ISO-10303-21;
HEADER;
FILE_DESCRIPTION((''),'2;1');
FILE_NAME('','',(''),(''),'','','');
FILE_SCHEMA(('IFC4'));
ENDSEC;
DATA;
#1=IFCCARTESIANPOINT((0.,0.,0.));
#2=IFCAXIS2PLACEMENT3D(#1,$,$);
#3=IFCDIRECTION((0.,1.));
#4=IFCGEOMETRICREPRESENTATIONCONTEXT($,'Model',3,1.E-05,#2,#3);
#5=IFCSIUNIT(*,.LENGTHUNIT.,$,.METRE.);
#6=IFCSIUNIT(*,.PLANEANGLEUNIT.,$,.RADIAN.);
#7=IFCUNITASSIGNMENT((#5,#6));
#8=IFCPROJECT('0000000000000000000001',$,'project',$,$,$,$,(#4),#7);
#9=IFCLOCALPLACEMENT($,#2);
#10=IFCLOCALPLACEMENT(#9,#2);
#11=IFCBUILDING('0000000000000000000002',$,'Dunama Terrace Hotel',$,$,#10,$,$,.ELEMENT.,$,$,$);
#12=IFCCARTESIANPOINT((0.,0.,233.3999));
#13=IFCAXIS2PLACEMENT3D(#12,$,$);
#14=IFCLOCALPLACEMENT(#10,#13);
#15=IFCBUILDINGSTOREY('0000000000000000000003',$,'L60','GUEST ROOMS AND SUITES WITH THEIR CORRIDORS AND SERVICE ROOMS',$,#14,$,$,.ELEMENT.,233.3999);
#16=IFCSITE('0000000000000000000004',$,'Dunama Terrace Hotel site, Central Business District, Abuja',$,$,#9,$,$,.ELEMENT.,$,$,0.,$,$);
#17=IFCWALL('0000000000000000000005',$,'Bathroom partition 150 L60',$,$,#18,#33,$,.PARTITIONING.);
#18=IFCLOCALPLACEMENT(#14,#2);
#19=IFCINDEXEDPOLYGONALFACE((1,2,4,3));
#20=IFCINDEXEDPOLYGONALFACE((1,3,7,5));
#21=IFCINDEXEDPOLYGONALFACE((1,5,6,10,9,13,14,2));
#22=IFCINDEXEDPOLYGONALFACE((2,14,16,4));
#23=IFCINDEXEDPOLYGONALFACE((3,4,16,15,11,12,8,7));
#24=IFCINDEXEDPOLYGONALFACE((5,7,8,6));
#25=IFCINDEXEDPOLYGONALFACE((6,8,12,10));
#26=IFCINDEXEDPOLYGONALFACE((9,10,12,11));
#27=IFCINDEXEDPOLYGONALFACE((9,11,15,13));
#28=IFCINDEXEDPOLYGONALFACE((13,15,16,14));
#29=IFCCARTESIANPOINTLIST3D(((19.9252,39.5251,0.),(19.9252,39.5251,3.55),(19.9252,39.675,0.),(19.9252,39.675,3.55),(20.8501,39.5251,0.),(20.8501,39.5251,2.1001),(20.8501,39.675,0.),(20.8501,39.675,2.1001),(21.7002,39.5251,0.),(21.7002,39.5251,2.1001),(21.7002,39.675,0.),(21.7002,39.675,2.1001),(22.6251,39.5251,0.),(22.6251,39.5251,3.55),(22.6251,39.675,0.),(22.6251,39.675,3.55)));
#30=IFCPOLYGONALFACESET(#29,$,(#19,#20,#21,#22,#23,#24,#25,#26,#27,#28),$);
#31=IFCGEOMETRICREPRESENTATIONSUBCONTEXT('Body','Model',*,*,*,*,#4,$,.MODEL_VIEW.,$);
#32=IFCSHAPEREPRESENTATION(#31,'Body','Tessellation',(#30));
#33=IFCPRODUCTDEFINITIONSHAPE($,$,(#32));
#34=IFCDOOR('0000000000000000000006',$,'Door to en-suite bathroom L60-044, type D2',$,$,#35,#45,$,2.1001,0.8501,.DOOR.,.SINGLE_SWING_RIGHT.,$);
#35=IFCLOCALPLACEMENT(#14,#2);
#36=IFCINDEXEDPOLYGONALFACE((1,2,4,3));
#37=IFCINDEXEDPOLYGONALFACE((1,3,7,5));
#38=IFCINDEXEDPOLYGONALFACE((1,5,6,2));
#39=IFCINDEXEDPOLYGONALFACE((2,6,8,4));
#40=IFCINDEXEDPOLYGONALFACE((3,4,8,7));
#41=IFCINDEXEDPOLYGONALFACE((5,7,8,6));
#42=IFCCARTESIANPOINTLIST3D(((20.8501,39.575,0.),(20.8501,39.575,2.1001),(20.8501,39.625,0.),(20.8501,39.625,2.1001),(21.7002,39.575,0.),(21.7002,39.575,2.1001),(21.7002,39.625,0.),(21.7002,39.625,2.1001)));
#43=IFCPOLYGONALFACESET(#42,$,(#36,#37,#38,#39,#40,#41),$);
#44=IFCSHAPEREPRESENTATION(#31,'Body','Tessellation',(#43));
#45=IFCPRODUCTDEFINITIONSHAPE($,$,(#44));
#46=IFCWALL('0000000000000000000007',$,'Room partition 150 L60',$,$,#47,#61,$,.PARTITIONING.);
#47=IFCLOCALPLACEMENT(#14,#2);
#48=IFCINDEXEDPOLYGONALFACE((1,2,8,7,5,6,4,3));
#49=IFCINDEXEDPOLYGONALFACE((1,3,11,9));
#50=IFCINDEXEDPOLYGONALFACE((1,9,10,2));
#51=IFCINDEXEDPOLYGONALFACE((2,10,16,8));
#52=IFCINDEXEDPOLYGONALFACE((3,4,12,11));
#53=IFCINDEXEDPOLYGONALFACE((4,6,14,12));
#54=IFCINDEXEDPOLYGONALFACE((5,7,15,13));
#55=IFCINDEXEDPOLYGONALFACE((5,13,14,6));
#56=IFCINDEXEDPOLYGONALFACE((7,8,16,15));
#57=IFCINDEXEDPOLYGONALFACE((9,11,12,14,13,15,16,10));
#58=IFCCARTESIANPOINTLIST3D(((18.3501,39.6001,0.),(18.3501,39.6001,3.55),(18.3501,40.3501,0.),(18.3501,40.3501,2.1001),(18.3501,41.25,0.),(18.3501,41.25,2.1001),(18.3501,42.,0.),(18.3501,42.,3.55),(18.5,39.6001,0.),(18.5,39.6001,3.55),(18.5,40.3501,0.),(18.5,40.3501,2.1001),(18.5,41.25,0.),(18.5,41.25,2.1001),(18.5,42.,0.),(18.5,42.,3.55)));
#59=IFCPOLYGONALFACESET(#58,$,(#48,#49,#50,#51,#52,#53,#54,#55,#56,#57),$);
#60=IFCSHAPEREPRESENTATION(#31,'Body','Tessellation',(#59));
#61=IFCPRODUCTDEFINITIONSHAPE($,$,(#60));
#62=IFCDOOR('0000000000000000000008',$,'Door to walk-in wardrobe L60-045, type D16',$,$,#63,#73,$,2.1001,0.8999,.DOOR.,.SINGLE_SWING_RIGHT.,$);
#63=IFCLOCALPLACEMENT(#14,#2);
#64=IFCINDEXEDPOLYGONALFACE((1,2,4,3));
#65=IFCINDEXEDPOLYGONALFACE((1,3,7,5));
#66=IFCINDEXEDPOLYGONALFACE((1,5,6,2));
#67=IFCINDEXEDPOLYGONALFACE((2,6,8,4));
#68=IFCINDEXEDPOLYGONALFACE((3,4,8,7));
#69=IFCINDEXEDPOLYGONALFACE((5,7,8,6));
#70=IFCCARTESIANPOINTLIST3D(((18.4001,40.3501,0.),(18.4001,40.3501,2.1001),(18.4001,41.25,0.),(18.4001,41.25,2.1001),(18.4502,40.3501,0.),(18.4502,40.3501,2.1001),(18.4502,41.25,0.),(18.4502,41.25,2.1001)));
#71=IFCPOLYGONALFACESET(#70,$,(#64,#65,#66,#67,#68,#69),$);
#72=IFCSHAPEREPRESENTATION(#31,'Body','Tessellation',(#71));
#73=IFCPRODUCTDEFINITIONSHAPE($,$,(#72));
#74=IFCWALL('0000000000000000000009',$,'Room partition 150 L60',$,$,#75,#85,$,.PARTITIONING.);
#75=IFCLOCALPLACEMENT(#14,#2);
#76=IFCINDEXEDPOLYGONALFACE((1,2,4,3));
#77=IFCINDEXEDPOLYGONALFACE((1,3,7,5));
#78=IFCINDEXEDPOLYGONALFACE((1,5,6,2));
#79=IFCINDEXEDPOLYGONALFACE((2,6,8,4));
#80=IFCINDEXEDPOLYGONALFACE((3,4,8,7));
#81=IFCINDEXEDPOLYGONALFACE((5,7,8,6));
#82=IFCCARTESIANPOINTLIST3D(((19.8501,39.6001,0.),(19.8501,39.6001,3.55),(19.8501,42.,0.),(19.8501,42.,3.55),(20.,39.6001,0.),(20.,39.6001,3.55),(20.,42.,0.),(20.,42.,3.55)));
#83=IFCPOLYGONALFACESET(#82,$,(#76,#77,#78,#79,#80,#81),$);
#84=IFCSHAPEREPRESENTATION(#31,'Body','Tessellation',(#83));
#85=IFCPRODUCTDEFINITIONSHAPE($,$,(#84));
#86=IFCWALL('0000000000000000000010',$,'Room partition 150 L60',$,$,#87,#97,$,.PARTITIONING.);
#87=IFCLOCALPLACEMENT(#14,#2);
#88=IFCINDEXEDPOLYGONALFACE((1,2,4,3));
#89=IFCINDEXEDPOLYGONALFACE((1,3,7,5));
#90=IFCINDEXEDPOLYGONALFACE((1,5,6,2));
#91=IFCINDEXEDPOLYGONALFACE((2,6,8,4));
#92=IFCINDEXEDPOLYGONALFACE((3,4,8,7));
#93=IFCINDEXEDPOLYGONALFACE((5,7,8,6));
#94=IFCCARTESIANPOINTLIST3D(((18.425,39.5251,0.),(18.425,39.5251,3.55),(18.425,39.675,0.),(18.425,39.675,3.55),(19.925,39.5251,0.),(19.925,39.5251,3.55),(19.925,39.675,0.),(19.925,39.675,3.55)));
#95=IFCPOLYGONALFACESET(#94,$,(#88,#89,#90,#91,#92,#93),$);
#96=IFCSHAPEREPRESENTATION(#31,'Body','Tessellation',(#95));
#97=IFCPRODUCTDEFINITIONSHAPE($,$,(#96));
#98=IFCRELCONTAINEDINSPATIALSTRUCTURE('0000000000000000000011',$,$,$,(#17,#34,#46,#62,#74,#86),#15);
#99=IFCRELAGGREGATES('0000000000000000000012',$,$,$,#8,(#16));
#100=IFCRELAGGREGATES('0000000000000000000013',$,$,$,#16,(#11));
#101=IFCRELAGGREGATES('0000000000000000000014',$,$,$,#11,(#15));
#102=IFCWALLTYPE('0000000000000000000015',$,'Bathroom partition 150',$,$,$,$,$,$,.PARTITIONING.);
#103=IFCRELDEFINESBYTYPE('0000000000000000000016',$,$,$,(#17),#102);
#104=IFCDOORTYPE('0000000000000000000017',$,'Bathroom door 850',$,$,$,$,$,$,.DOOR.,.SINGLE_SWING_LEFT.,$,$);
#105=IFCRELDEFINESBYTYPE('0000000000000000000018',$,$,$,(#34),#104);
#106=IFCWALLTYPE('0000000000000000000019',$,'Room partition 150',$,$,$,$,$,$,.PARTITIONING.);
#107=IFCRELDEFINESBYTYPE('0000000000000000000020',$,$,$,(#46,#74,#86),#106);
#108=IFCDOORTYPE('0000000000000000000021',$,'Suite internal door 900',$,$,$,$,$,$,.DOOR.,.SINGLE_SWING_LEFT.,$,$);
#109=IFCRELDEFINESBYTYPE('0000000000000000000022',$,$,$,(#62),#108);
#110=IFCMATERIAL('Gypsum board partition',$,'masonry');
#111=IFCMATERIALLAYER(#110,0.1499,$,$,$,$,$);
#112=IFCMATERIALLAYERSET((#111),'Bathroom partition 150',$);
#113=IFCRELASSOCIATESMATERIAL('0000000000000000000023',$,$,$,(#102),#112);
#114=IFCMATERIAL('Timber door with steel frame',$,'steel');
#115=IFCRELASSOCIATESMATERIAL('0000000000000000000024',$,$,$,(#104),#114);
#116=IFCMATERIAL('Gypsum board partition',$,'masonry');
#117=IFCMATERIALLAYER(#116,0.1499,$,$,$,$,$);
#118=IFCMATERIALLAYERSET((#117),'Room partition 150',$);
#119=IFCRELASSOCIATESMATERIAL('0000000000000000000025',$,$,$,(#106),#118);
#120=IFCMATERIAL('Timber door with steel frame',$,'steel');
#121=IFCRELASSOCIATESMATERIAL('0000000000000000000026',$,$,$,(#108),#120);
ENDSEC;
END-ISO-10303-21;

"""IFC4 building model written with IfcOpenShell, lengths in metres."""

from ifc_helpers import new_model, si_unit, direction, frame, frame_2d, origin, place, context, subcontext, project, spatial, rectangle, extrude, material, layer, layer_set, type_object, element, fill, save


model = new_model("IFC4")

# Units and contexts
model_context = context("Model", 3, precision=1e-05, world=origin(), true_north=direction((0.0, 1.0)))
body_context = subcontext(model_context, "Body", "Model", "MODEL_VIEW")
ifc_project = project(units=[si_unit("LENGTHUNIT", "METRE"), si_unit("PLANEANGLEUNIT", "RADIAN")], contexts=[model_context])

# Site, building, storey
site_placement = place(None, origin())
site = spatial("IfcSite", under=ifc_project, at=site_placement, Name="Dunama Terrace Hotel site, Central Business District, Abuja", CompositionType="ELEMENT", RefElevation=0.0)
building_placement = place(site_placement, origin())
building = spatial("IfcBuilding", under=site, at=building_placement, Name="Dunama Terrace Hotel", CompositionType="ELEMENT")
storey_placement = place(building_placement, frame((0.0, 0.0, 233.3999)))
storey = spatial("IfcBuildingStorey", under=building, at=storey_placement, Name="L60", Description="GUEST ROOMS AND SUITES WITH THEIR CORRIDORS AND SERVICE ROOMS", CompositionType="ELEMENT", Elevation=233.3999)

# Shared definitions
ifc_material_1 = material(Name="Gypsum board partition", Category="masonry")
ifc_layer_1 = layer(ifc_material_1, 0.1499)
ifc_layer_set_1 = layer_set([ifc_layer_1], Name="Bathroom partition 150")
wall_type_1 = type_object("IfcWallType", Name="Bathroom partition 150", PredefinedType="PARTITIONING", material=ifc_layer_set_1)

# Walls, openings, doors
ifc_material_2 = material(Name="Timber door with steel frame", Category="steel")
door_type_1 = type_object("IfcDoorType", Name="Bathroom door 850", OperationType="SINGLE_SWING_LEFT", PredefinedType="DOOR", material=ifc_material_2)
wall_1_placement = place(storey_placement, frame((19.925, 39.6001, 0.0), z_axis=(0.0, 0.0, 1.0), x_axis=(1.0, 0.0, 0.0)))
wall_1 = element("IfcWall", 1, at=wall_1_placement, inside=storey, type_object=wall_type_1, Name="Bathroom partition 150 L60", PredefinedType="PARTITIONING", context=body_context, shape_type="SweptSolid", body=[
    extrude(rectangle(XDim=2.7, YDim=0.1499, at=frame_2d((1.3501, 0.0))), origin(), (0.0, 0.0, 1.0), 3.55),
])
opening_1_placement = place(wall_1_placement, frame((0.925, 0.0, 0.0)))
opening_1 = element("IfcOpeningElement", 2, at=opening_1_placement, cuts=wall_1, PredefinedType="OPENING", context=body_context, shape_type="SweptSolid", body=[
    extrude(rectangle(XDim=0.8501, YDim=2.1001, at=frame_2d((0.425, 1.05))), frame((0.0, 0.085, 0.0), z_axis=(0.0, -1.0, 0.0), x_axis=(1.0, 0.0, 0.0)), (0.0, 0.0, 1.0), 0.1699),
])
door_1_placement = place(opening_1_placement, origin())
door_1 = element("IfcDoor", 3, at=door_1_placement, inside=storey, type_object=door_type_1, Name="Door to en-suite bathroom L60-044, type D2", OperationType="SINGLE_SWING_RIGHT", OverallHeight=2.1001, OverallWidth=0.8501, PredefinedType="DOOR", context=body_context, shape_type="SweptSolid", body=[
    extrude(rectangle(XDim=0.8501, YDim=2.1001, at=frame_2d((0.425, 1.05))), frame((0.0, 0.0249, 0.0), z_axis=(0.0, -1.0, 0.0), x_axis=(1.0, 0.0, 0.0)), (0.0, 0.0, 1.0), 0.05),
])
fill(opening_1, door_1)
ifc_material_3 = material(Name="Gypsum board partition", Category="masonry")
ifc_layer_2 = layer(ifc_material_3, 0.1499)
ifc_layer_set_2 = layer_set([ifc_layer_2], Name="Room partition 150")
wall_type_2 = type_object("IfcWallType", Name="Room partition 150", PredefinedType="PARTITIONING", material=ifc_layer_set_2)
wall_2_placement = place(storey_placement, frame((18.425, 39.6001, 0.0), z_axis=(0.0, 0.0, 1.0), x_axis=(0.0, 1.0, 0.0)))
wall_2 = element("IfcWall", 4, at=wall_2_placement, inside=storey, type_object=wall_type_2, Name="Room partition 150 L60", PredefinedType="PARTITIONING", context=body_context, shape_type="SweptSolid", body=[
    extrude(rectangle(XDim=2.3999, YDim=0.1499, at=frame_2d((1.2, 0.0))), origin(), (0.0, 0.0, 1.0), 3.55),
])
opening_2_placement = place(wall_2_placement, frame((0.75, 0.0, 0.0)))
opening_2 = element("IfcOpeningElement", 5, at=opening_2_placement, cuts=wall_2, PredefinedType="OPENING", context=body_context, shape_type="SweptSolid", body=[
    extrude(rectangle(XDim=0.8999, YDim=2.1001, at=frame_2d((0.45, 1.05))), frame((0.0, 0.085, 0.0), z_axis=(0.0, -1.0, 0.0), x_axis=(1.0, 0.0, 0.0)), (0.0, 0.0, 1.0), 0.1699),
])
ifc_material_4 = material(Name="Timber door with steel frame", Category="steel")
door_type_2 = type_object("IfcDoorType", Name="Suite internal door 900", OperationType="SINGLE_SWING_LEFT", PredefinedType="DOOR", material=ifc_material_4)
door_2_placement = place(opening_2_placement, frame((0.8999, 0.0, 0.0), z_axis=(0.0, 0.0, 1.0), x_axis=(-1.0, 0.0, 0.0)))
door_2 = element("IfcDoor", 6, at=door_2_placement, inside=storey, type_object=door_type_2, Name="Door to walk-in wardrobe L60-045, type D16", OperationType="SINGLE_SWING_RIGHT", OverallHeight=2.1001, OverallWidth=0.8999, PredefinedType="DOOR", context=body_context, shape_type="SweptSolid", body=[
    extrude(rectangle(XDim=0.8999, YDim=2.1001, at=frame_2d((0.45, 1.05))), frame((0.0, 0.0251, 0.0), z_axis=(0.0, -1.0, 0.0), x_axis=(1.0, 0.0, 0.0)), (0.0, 0.0, 1.0), 0.05),
])
fill(opening_2, door_2)

# Walls
wall_3_placement = place(storey_placement, frame((19.925, 39.6001, 0.0), z_axis=(0.0, 0.0, 1.0), x_axis=(0.0, 1.0, 0.0)))
element("IfcWall", 7, at=wall_3_placement, inside=storey, type_object=wall_type_2, Name="Room partition 150 L60", PredefinedType="PARTITIONING", context=body_context, shape_type="SweptSolid", body=[
    extrude(rectangle(XDim=2.3999, YDim=0.1499, at=frame_2d((1.2, 0.0))), origin(), (0.0, 0.0, 1.0), 3.55),
])
wall_4_placement = place(storey_placement, frame((18.425, 39.6001, 0.0), z_axis=(0.0, 0.0, 1.0), x_axis=(1.0, 0.0, 0.0)))
element("IfcWall", 8, at=wall_4_placement, inside=storey, type_object=wall_type_2, Name="Room partition 150 L60", PredefinedType="PARTITIONING", context=body_context, shape_type="SweptSolid", body=[
    extrude(rectangle(XDim=1.5, YDim=0.1499, at=frame_2d((0.75, 0.0))), origin(), (0.0, 0.0, 1.0), 3.55),
])

save(model, "model.ifc")
